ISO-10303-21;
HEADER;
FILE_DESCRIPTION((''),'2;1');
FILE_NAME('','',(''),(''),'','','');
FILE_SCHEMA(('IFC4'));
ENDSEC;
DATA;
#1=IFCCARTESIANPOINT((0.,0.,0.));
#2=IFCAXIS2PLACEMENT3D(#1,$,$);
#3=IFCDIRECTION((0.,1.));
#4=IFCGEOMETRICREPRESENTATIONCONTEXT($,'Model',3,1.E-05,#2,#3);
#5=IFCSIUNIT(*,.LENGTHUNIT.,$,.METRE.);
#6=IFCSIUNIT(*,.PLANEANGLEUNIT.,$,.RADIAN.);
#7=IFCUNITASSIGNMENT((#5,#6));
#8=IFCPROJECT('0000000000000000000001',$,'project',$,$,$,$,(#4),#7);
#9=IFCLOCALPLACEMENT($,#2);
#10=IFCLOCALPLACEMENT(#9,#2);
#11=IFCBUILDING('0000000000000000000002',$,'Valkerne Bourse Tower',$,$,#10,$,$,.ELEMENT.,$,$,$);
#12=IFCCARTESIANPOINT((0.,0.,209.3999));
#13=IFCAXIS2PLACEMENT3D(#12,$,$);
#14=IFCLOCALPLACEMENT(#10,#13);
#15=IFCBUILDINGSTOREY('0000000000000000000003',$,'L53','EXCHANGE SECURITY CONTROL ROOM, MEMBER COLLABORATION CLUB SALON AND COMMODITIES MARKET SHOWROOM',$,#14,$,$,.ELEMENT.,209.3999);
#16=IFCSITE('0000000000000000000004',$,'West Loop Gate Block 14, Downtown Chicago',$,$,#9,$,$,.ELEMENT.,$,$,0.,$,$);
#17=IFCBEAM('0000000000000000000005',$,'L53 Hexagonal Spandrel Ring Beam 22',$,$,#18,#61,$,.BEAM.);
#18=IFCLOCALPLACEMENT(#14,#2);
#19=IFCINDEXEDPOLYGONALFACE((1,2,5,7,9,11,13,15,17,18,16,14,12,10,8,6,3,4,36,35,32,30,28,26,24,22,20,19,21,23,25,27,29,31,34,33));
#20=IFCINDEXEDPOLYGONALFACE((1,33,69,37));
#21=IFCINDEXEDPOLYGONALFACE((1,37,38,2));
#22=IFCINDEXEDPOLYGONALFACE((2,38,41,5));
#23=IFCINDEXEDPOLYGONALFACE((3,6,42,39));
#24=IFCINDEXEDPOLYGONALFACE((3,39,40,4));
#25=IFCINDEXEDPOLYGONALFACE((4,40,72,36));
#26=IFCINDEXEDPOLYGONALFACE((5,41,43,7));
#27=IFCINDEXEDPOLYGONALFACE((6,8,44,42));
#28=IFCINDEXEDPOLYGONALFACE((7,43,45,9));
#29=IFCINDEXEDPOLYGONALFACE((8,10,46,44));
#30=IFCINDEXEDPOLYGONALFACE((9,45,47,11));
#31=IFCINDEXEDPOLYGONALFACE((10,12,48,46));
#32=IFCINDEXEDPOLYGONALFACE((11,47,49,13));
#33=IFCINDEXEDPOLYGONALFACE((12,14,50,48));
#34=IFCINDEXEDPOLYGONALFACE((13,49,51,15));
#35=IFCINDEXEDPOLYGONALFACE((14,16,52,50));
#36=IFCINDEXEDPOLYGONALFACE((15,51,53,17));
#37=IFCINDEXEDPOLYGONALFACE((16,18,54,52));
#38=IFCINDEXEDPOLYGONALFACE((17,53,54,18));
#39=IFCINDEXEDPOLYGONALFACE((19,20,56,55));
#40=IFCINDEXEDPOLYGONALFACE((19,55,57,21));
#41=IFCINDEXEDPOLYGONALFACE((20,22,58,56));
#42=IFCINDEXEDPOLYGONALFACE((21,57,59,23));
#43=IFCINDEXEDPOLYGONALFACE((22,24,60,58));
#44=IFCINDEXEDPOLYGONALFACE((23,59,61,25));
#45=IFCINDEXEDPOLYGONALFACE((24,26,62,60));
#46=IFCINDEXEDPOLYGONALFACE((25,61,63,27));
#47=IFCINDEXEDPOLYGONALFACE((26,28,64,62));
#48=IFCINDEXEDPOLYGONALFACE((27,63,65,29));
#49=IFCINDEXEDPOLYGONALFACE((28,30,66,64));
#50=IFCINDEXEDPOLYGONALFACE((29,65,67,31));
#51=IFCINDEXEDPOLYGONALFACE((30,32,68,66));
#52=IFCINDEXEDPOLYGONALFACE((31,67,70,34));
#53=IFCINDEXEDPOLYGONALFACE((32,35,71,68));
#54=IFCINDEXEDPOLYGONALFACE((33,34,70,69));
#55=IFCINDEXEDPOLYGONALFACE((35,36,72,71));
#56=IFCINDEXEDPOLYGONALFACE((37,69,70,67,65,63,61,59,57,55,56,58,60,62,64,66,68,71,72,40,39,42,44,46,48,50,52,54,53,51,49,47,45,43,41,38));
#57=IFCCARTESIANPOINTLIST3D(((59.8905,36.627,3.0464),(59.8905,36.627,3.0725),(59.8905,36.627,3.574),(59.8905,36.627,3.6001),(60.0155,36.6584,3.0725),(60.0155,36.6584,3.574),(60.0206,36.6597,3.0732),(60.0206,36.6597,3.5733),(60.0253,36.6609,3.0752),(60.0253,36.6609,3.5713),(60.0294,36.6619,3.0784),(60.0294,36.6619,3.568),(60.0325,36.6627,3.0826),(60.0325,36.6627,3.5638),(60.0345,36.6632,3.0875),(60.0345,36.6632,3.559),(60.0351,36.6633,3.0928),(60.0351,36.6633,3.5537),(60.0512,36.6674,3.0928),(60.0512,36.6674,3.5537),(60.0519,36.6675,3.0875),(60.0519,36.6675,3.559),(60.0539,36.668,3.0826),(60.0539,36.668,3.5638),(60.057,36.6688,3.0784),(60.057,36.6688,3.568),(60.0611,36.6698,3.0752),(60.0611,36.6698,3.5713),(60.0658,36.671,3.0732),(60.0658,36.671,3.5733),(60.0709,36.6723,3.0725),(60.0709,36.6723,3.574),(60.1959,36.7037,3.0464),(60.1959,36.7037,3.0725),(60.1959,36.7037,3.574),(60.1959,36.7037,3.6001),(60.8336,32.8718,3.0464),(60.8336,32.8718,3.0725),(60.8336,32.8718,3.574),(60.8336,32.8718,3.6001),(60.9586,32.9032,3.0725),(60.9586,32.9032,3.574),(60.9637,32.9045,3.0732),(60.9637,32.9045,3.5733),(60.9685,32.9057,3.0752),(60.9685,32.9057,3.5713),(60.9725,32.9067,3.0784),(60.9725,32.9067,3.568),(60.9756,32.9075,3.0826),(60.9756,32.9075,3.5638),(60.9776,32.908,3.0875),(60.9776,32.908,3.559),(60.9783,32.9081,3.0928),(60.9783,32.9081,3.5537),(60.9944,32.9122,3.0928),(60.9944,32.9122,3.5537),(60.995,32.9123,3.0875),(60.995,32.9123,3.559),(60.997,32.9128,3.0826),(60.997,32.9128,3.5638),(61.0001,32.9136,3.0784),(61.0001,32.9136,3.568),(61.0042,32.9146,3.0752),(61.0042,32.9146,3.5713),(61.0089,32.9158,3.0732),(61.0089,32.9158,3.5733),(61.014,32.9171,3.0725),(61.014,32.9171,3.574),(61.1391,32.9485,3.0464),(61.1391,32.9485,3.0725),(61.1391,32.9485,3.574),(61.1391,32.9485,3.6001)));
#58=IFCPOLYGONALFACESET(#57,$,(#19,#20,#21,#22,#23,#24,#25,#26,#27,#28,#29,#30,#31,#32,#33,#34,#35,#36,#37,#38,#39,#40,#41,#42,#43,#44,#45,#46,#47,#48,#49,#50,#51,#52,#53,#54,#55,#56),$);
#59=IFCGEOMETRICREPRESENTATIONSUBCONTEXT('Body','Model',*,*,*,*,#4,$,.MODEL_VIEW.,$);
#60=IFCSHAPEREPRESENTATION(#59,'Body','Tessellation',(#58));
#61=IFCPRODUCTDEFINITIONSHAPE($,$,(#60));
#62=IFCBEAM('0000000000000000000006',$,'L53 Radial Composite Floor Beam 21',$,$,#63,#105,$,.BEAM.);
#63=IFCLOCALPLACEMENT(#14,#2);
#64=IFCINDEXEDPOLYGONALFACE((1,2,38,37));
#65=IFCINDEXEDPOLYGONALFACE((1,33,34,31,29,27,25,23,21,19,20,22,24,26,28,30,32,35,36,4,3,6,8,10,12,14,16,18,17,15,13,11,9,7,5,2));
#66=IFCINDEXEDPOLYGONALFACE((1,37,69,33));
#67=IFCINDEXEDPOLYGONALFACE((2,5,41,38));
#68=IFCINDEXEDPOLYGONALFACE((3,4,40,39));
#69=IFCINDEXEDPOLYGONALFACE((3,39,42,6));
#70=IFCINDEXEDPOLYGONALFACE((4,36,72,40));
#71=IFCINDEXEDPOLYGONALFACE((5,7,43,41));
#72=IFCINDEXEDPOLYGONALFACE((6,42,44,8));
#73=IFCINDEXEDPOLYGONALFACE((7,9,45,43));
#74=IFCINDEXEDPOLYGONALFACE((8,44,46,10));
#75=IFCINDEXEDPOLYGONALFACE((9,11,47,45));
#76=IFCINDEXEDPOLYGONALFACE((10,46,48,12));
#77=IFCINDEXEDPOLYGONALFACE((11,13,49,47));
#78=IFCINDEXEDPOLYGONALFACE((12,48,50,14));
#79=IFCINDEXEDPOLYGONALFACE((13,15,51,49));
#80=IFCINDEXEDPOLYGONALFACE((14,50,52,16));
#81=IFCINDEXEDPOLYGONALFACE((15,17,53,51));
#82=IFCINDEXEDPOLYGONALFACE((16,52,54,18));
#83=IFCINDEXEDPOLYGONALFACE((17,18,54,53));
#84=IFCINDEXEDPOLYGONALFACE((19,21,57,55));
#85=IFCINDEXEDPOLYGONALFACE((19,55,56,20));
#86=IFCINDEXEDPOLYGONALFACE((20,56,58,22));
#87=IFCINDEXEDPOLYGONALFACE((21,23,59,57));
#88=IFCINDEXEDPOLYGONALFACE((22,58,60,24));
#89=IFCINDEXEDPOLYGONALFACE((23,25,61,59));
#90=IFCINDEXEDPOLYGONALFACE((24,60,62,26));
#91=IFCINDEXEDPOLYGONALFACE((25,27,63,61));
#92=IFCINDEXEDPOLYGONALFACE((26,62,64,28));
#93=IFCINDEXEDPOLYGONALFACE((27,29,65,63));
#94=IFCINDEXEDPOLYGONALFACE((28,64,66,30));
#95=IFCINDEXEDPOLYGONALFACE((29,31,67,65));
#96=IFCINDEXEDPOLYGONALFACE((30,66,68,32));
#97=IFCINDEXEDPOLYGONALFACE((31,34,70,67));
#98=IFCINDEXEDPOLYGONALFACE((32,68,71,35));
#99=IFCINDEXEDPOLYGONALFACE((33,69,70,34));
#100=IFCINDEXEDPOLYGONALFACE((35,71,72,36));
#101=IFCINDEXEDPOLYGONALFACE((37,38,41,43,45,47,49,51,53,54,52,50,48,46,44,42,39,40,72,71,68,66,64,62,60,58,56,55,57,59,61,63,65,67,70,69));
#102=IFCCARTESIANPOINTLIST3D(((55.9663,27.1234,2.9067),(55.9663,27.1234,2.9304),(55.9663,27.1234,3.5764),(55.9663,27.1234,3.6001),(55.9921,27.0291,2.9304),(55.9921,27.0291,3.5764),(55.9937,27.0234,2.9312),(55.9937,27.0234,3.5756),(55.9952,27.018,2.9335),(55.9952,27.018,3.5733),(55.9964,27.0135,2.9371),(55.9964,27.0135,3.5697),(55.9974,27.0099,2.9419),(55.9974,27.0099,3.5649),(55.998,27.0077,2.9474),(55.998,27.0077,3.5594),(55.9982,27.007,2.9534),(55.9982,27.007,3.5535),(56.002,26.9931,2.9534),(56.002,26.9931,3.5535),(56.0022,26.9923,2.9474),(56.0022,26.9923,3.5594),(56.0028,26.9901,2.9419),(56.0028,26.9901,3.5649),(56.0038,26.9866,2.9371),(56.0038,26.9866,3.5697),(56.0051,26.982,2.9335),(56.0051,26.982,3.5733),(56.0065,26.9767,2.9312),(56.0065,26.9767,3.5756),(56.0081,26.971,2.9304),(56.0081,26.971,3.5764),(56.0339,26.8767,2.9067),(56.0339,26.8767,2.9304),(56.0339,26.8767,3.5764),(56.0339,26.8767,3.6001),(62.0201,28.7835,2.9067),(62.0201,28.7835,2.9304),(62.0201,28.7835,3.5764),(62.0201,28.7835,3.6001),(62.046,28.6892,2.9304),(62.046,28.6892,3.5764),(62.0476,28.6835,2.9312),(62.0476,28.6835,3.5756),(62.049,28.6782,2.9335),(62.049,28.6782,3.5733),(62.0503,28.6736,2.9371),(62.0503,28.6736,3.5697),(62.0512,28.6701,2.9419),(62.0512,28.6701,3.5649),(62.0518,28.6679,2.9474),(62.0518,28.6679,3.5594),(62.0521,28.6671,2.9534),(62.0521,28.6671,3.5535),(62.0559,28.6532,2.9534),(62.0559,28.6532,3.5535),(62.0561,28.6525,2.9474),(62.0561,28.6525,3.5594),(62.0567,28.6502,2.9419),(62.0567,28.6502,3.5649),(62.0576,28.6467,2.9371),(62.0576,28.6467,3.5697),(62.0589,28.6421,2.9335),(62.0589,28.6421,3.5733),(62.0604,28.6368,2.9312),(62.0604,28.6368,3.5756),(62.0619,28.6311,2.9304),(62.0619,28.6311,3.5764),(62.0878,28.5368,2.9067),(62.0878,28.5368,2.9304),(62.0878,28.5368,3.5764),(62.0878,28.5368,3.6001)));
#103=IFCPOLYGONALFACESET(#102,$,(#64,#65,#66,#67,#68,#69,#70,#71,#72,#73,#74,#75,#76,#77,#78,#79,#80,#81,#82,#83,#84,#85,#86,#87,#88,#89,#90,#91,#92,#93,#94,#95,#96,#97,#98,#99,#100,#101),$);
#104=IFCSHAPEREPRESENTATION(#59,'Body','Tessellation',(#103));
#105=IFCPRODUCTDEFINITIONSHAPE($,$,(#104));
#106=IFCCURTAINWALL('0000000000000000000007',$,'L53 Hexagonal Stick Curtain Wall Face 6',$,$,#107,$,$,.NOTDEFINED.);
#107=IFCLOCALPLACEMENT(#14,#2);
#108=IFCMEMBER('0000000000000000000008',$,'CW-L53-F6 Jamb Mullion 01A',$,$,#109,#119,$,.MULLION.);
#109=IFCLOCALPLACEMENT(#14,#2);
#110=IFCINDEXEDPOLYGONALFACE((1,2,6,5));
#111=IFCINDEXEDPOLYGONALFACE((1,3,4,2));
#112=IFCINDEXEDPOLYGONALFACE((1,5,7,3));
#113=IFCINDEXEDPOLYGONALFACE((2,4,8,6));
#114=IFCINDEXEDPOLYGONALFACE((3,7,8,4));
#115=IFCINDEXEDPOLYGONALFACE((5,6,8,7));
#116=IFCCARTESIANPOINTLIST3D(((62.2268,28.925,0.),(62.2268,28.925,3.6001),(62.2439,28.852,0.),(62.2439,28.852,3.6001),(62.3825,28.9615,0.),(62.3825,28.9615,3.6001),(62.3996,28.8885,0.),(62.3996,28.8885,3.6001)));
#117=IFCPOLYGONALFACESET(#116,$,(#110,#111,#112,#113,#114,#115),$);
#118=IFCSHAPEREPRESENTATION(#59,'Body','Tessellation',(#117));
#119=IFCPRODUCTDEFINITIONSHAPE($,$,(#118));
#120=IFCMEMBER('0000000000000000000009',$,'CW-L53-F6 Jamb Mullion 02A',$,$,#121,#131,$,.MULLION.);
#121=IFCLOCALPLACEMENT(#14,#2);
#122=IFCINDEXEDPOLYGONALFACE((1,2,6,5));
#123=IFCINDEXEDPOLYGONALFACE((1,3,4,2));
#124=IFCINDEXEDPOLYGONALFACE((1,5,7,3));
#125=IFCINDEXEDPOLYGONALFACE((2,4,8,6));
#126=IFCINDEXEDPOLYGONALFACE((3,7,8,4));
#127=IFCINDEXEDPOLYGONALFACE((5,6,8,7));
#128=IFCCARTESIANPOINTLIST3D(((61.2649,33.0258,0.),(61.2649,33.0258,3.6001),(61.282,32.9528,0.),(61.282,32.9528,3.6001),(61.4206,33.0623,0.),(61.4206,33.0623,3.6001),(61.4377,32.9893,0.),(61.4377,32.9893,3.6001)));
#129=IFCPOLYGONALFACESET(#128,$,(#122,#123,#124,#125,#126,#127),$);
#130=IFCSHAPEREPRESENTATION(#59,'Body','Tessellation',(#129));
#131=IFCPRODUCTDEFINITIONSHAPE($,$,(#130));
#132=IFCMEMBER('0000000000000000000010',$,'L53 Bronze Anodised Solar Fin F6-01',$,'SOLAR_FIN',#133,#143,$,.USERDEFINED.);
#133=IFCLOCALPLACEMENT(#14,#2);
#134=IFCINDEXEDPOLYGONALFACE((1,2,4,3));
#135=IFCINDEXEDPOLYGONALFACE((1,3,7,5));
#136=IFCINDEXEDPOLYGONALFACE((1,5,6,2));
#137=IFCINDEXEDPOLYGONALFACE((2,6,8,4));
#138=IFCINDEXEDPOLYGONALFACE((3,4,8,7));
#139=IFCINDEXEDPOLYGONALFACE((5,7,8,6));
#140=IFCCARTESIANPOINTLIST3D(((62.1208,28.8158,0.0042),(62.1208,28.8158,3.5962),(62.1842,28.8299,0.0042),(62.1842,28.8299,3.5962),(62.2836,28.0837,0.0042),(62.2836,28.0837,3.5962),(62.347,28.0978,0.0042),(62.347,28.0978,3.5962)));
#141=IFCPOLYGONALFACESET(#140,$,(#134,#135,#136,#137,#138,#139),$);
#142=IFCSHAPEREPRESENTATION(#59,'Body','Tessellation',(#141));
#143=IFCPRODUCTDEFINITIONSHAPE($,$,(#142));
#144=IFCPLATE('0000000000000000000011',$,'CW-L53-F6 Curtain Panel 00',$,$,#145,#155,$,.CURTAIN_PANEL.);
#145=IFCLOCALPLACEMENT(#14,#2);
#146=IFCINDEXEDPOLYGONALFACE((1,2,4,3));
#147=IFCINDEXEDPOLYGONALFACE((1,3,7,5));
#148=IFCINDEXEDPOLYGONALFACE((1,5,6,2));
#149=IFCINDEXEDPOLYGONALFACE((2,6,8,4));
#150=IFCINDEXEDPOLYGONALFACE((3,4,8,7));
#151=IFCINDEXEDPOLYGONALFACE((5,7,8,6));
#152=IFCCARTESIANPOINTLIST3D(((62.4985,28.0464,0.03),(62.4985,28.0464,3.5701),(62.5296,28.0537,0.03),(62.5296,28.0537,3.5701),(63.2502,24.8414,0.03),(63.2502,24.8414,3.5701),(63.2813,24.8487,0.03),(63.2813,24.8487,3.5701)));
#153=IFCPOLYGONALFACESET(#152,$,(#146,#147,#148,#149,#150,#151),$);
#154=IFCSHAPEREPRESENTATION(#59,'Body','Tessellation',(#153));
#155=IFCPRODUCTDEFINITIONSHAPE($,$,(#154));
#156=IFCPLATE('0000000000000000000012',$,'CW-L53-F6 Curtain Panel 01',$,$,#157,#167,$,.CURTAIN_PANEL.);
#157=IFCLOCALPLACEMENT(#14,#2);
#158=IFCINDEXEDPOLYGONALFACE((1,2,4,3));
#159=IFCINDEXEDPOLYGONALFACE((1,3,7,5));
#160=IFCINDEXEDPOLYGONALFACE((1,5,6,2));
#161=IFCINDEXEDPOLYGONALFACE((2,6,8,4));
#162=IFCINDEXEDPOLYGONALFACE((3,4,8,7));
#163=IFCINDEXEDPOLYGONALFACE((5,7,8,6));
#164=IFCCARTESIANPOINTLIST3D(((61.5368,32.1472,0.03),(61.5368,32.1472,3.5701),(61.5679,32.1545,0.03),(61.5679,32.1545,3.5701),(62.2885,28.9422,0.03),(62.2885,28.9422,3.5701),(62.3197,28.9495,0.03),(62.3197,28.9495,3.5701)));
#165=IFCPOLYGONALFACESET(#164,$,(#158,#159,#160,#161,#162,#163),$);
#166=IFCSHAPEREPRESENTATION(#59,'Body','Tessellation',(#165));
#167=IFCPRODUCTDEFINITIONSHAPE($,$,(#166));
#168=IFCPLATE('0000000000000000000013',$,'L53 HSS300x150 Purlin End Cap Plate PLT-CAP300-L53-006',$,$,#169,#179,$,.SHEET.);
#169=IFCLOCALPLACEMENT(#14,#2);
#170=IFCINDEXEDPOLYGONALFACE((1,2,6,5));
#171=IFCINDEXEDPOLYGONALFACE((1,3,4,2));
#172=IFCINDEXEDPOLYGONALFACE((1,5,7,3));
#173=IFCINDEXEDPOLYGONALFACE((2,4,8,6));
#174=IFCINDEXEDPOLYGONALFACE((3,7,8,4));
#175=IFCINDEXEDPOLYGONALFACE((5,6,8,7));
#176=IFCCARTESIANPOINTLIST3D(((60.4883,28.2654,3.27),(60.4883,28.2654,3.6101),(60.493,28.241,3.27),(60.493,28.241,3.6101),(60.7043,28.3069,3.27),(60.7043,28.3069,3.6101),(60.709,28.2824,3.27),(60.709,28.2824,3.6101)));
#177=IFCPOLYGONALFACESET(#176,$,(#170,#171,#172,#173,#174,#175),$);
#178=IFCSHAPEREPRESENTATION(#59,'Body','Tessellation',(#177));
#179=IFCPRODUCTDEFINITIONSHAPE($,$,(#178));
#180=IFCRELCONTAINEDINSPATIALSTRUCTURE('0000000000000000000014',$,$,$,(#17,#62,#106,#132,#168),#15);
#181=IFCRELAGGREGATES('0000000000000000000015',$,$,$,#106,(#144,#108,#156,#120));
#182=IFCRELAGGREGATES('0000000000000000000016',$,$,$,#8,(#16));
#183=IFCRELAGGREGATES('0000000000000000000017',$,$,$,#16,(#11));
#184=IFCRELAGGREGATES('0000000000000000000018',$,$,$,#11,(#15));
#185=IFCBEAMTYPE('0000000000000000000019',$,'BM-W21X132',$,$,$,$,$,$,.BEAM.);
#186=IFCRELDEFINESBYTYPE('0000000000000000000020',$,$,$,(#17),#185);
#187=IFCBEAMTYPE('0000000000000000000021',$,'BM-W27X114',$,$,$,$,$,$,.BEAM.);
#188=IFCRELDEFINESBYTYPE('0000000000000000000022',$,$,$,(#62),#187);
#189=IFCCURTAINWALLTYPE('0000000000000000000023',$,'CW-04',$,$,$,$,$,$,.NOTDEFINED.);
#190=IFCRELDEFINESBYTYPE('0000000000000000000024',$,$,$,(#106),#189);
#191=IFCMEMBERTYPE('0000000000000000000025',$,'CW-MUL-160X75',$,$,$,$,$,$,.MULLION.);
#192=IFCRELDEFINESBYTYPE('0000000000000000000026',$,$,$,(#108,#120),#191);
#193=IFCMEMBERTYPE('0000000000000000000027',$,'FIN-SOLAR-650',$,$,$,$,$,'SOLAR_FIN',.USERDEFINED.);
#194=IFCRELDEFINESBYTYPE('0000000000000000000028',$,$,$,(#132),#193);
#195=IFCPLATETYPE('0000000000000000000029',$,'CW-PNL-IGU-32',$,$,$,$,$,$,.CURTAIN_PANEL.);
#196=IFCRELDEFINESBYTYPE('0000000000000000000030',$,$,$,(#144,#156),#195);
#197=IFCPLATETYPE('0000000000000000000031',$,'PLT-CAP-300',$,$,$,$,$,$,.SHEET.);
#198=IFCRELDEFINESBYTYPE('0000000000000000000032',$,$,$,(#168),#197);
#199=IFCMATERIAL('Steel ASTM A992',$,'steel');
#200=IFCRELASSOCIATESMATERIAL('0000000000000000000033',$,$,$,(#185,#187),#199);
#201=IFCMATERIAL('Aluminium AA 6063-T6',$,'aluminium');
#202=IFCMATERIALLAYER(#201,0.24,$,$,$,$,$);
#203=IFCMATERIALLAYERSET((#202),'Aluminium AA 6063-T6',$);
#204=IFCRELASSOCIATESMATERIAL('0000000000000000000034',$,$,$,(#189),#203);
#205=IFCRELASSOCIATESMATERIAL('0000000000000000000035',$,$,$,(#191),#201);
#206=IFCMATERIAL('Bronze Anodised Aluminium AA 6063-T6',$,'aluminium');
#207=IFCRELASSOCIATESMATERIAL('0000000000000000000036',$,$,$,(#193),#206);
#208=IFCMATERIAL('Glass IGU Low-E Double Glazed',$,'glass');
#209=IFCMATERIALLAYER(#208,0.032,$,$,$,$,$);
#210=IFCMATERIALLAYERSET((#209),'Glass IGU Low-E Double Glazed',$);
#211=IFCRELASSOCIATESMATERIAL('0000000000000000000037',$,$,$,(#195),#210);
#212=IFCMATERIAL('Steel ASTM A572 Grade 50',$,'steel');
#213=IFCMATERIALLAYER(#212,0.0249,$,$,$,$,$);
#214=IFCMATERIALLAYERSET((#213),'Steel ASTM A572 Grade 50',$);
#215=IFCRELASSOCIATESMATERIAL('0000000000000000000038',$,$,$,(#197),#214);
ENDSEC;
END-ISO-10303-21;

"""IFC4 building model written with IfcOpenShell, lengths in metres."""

from ifc_helpers import new_model, si_unit, direction, frame, origin, origin_2d, place, context, subcontext, project, spatial, rectangle, i_section, extrude, material, layer, layer_set, material_profile, profile_set, type_object, element, aggregate, save


model = new_model("IFC4")

# Units and contexts
model_context = context("Model", 3, precision=1e-05, world=origin(), true_north=direction((0.0, 1.0)))
body_context = subcontext(model_context, "Body", "Model", "MODEL_VIEW")
ifc_project = project(units=[si_unit("LENGTHUNIT", "METRE"), si_unit("PLANEANGLEUNIT", "RADIAN")], contexts=[model_context])

# Site, building, storey
site_placement = place(None, origin())
site = spatial("IfcSite", under=ifc_project, at=site_placement, Name="West Loop Gate Block 14, Downtown Chicago", CompositionType="ELEMENT", RefElevation=0.0)
building_placement = place(site_placement, origin())
building = spatial("IfcBuilding", under=site, at=building_placement, Name="Valkerne Bourse Tower", CompositionType="ELEMENT")
storey_placement = place(building_placement, frame((0.0, 0.0, 209.3999)))
storey = spatial("IfcBuildingStorey", under=building, at=storey_placement, Name="L53", Description="EXCHANGE SECURITY CONTROL ROOM, MEMBER COLLABORATION CLUB SALON AND COMMODITIES MARKET SHOWROOM", CompositionType="ELEMENT", Elevation=209.3999)

# Beams
ifc_material_1 = material(Name="Steel ASTM A992", Category="steel")
ifc_material_profile_1 = material_profile(ifc_material_1, i_section(OverallWidth=0.3149, OverallDepth=0.5537, WebThickness=0.0166, FlangeThickness=0.0261, FilletRadius=0.0203, at=origin_2d()), Name="W21X132")
ifc_profile_set_1 = profile_set([ifc_material_profile_1], Name="Steel ASTM A992")
beam_type_1 = type_object("IfcBeamType", Name="BM-W21X132", PredefinedType="BEAM", material=ifc_profile_set_1)
beam_1_placement = place(storey_placement, frame((60.9863, 32.9102, 3.3232), z_axis=(-0.243589, 0.969879, 0.0), x_axis=(-0.969879, -0.243589, 0.0)))
element("IfcBeam", 1, at=beam_1_placement, inside=storey, type_object=beam_type_1, Name="L53 Hexagonal Spandrel Ring Beam 22", PredefinedType="BEAM", context=body_context, shape_type="SweptSolid", body=[
    extrude(i_section(OverallWidth=0.3149, OverallDepth=0.5537, WebThickness=0.0166, FlangeThickness=0.0261, FilletRadius=0.0203, at=origin_2d()), origin(), (0.0, 0.0, 1.0), 3.8718),
])
ifc_material_profile_2 = material_profile(ifc_material_1, i_section(OverallWidth=0.2559, OverallDepth=0.6934, WebThickness=0.0144, FlangeThickness=0.0237, FilletRadius=0.0229, at=origin_2d()), Name="W27X114")
ifc_profile_set_2 = profile_set([ifc_material_profile_2], Name="Steel ASTM A992")
beam_type_2 = type_object("IfcBeamType", Name="BM-W27X114", PredefinedType="BEAM", material=ifc_profile_set_2)
beam_2_placement = place(storey_placement, frame((62.054, 28.6602, 3.2534), z_axis=(-0.964396, -0.264463, 0.0), x_axis=(0.264463, -0.964396, 0.0)))
element("IfcBeam", 2, at=beam_2_placement, inside=storey, type_object=beam_type_2, Name="L53 Radial Composite Floor Beam 21", PredefinedType="BEAM", context=body_context, shape_type="SweptSolid", body=[
    extrude(i_section(OverallWidth=0.2559, OverallDepth=0.6934, WebThickness=0.0144, FlangeThickness=0.0237, FilletRadius=0.0229, at=origin_2d()), origin(), (0.0, 0.0, 1.0), 6.2773),
])

# Curtain wall, members
ifc_material_2 = material(Name="Aluminium AA 6063-T6", Category="aluminium")
ifc_layer_1 = layer(ifc_material_2, 0.24)
ifc_layer_set_1 = layer_set([ifc_layer_1], Name="Aluminium AA 6063-T6")
curtain_wall_type = type_object("IfcCurtainWallType", Name="CW-04", PredefinedType="NOTDEFINED", material=ifc_layer_set_1)
curtain_wall_placement = place(storey_placement, origin())
curtain_wall = element("IfcCurtainWall", 3, at=curtain_wall_placement, inside=storey, type_object=curtain_wall_type, Name="L53 Hexagonal Stick Curtain Wall Face 6", PredefinedType="NOTDEFINED")
ifc_material_profile_3 = material_profile(ifc_material_2, rectangle(XDim=0.075, YDim=0.1599, at=origin_2d()), Name="CWM-75X160")
ifc_profile_set_3 = profile_set([ifc_material_profile_3], Name="Aluminium AA 6063-T6")
member_type_1 = type_object("IfcMemberType", Name="CW-MUL-160X75", PredefinedType="MULLION", material=ifc_profile_set_3)
member_1_placement = place(storey_placement, frame((62.3132, 28.9067, 0.0), z_axis=(0.0, 0.0, 1.0), x_axis=(-0.228349, 0.973579, 0.0)))
member_1 = element("IfcMember", 4, at=member_1_placement, type_object=member_type_1, Name="CW-L53-F6 Jamb Mullion 01A", PredefinedType="MULLION", context=body_context, shape_type="SweptSolid", body=[
    extrude(rectangle(XDim=0.075, YDim=0.1599, at=origin_2d()), origin(), (0.0, 0.0, 1.0), 3.6001),
])
member_2_placement = place(storey_placement, frame((61.3513, 33.0076, 0.0), z_axis=(0.0, 0.0, 1.0), x_axis=(-0.228349, 0.973579, 0.0)))
member_2 = element("IfcMember", 5, at=member_2_placement, type_object=member_type_1, Name="CW-L53-F6 Jamb Mullion 02A", PredefinedType="MULLION", context=body_context, shape_type="SweptSolid", body=[
    extrude(rectangle(XDim=0.075, YDim=0.1599, at=origin_2d()), origin(), (0.0, 0.0, 1.0), 3.6001),
])

# Member
ifc_material_3 = material(Name="Bronze Anodised Aluminium AA 6063-T6", Category="aluminium")
ifc_material_profile_4 = material_profile(ifc_material_3, rectangle(XDim=0.0649, YDim=0.75, at=origin_2d()), Name="FIN-65X750")
ifc_profile_set_4 = profile_set([ifc_material_profile_4], Name="Bronze Anodised Aluminium AA 6063-T6")
member_type_2 = type_object("IfcMemberType", Name="FIN-SOLAR-650", ElementType="SOLAR_FIN", PredefinedType="USERDEFINED", material=ifc_profile_set_4)
member_3_placement = place(storey_placement, frame((62.2339, 28.4568, 0.0042), z_axis=(0.0, 0.0, 1.0), x_axis=(0.976143, 0.217128, 0.0)))
element("IfcMember", 6, at=member_3_placement, inside=storey, type_object=member_type_2, Name="L53 Bronze Anodised Solar Fin F6-01", ObjectType="SOLAR_FIN", PredefinedType="USERDEFINED", context=body_context, shape_type="SweptSolid", body=[
    extrude(rectangle(XDim=0.0649, YDim=0.75, at=origin_2d()), origin(), (0.0, 0.0, 1.0), 3.592),
])

# Plates
ifc_material_4 = material(Name="Glass IGU Low-E Double Glazed", Category="glass")
ifc_layer_2 = layer(ifc_material_4, 0.032)
ifc_layer_set_2 = layer_set([ifc_layer_2], Name="Glass IGU Low-E Double Glazed")
plate_type_1 = type_object("IfcPlateType", Name="CW-PNL-IGU-32", PredefinedType="CURTAIN_PANEL", material=ifc_layer_set_2)
plate_1_placement = place(storey_placement, frame((62.8899, 26.4475, 0.03), z_axis=(0.0, 0.0, 1.0), x_axis=(-0.228349, 0.973579, 0.0)))
plate_1 = element("IfcPlate", 7, at=plate_1_placement, type_object=plate_type_1, Name="CW-L53-F6 Curtain Panel 00", PredefinedType="CURTAIN_PANEL", context=body_context, shape_type="SweptSolid", body=[
    extrude(rectangle(XDim=3.292, YDim=0.032, at=origin_2d()), origin(), (0.0, 0.0, 1.0), 3.54),
])
plate_2_placement = place(storey_placement, frame((61.9282, 30.5483, 0.03), z_axis=(0.0, 0.0, 1.0), x_axis=(-0.228349, 0.973579, 0.0)))
plate_2 = element("IfcPlate", 8, at=plate_2_placement, type_object=plate_type_1, Name="CW-L53-F6 Curtain Panel 01", PredefinedType="CURTAIN_PANEL", context=body_context, shape_type="SweptSolid", body=[
    extrude(rectangle(XDim=3.292, YDim=0.032, at=origin_2d()), origin(), (0.0, 0.0, 1.0), 3.54),
])
aggregate(curtain_wall, [plate_1, member_1, plate_2, member_2])

# Plate
ifc_material_5 = material(Name="Steel ASTM A572 Grade 50", Category="steel")
ifc_layer_3 = layer(ifc_material_5, 0.0249)
ifc_layer_set_3 = layer_set([ifc_layer_3], Name="Steel ASTM A572 Grade 50")
plate_type_2 = type_object("IfcPlateType", Name="PLT-CAP-300", PredefinedType="SHEET", material=ifc_layer_set_3)
plate_3_placement = place(storey_placement, frame((60.5986, 28.2739, 3.27), z_axis=(0.0, 0.0, 1.0), x_axis=(-0.18841, 0.98209, 0.0)))
element("IfcPlate", 9, at=plate_3_placement, inside=storey, type_object=plate_type_2, Name="L53 HSS300x150 Purlin End Cap Plate PLT-CAP300-L53-006", PredefinedType="SHEET", context=body_context, shape_type="SweptSolid", body=[
    extrude(rectangle(XDim=0.0249, YDim=0.22, at=origin_2d()), origin(), (0.0, 0.0, 1.0), 0.3401),
])

save(model, "model.ifc")
